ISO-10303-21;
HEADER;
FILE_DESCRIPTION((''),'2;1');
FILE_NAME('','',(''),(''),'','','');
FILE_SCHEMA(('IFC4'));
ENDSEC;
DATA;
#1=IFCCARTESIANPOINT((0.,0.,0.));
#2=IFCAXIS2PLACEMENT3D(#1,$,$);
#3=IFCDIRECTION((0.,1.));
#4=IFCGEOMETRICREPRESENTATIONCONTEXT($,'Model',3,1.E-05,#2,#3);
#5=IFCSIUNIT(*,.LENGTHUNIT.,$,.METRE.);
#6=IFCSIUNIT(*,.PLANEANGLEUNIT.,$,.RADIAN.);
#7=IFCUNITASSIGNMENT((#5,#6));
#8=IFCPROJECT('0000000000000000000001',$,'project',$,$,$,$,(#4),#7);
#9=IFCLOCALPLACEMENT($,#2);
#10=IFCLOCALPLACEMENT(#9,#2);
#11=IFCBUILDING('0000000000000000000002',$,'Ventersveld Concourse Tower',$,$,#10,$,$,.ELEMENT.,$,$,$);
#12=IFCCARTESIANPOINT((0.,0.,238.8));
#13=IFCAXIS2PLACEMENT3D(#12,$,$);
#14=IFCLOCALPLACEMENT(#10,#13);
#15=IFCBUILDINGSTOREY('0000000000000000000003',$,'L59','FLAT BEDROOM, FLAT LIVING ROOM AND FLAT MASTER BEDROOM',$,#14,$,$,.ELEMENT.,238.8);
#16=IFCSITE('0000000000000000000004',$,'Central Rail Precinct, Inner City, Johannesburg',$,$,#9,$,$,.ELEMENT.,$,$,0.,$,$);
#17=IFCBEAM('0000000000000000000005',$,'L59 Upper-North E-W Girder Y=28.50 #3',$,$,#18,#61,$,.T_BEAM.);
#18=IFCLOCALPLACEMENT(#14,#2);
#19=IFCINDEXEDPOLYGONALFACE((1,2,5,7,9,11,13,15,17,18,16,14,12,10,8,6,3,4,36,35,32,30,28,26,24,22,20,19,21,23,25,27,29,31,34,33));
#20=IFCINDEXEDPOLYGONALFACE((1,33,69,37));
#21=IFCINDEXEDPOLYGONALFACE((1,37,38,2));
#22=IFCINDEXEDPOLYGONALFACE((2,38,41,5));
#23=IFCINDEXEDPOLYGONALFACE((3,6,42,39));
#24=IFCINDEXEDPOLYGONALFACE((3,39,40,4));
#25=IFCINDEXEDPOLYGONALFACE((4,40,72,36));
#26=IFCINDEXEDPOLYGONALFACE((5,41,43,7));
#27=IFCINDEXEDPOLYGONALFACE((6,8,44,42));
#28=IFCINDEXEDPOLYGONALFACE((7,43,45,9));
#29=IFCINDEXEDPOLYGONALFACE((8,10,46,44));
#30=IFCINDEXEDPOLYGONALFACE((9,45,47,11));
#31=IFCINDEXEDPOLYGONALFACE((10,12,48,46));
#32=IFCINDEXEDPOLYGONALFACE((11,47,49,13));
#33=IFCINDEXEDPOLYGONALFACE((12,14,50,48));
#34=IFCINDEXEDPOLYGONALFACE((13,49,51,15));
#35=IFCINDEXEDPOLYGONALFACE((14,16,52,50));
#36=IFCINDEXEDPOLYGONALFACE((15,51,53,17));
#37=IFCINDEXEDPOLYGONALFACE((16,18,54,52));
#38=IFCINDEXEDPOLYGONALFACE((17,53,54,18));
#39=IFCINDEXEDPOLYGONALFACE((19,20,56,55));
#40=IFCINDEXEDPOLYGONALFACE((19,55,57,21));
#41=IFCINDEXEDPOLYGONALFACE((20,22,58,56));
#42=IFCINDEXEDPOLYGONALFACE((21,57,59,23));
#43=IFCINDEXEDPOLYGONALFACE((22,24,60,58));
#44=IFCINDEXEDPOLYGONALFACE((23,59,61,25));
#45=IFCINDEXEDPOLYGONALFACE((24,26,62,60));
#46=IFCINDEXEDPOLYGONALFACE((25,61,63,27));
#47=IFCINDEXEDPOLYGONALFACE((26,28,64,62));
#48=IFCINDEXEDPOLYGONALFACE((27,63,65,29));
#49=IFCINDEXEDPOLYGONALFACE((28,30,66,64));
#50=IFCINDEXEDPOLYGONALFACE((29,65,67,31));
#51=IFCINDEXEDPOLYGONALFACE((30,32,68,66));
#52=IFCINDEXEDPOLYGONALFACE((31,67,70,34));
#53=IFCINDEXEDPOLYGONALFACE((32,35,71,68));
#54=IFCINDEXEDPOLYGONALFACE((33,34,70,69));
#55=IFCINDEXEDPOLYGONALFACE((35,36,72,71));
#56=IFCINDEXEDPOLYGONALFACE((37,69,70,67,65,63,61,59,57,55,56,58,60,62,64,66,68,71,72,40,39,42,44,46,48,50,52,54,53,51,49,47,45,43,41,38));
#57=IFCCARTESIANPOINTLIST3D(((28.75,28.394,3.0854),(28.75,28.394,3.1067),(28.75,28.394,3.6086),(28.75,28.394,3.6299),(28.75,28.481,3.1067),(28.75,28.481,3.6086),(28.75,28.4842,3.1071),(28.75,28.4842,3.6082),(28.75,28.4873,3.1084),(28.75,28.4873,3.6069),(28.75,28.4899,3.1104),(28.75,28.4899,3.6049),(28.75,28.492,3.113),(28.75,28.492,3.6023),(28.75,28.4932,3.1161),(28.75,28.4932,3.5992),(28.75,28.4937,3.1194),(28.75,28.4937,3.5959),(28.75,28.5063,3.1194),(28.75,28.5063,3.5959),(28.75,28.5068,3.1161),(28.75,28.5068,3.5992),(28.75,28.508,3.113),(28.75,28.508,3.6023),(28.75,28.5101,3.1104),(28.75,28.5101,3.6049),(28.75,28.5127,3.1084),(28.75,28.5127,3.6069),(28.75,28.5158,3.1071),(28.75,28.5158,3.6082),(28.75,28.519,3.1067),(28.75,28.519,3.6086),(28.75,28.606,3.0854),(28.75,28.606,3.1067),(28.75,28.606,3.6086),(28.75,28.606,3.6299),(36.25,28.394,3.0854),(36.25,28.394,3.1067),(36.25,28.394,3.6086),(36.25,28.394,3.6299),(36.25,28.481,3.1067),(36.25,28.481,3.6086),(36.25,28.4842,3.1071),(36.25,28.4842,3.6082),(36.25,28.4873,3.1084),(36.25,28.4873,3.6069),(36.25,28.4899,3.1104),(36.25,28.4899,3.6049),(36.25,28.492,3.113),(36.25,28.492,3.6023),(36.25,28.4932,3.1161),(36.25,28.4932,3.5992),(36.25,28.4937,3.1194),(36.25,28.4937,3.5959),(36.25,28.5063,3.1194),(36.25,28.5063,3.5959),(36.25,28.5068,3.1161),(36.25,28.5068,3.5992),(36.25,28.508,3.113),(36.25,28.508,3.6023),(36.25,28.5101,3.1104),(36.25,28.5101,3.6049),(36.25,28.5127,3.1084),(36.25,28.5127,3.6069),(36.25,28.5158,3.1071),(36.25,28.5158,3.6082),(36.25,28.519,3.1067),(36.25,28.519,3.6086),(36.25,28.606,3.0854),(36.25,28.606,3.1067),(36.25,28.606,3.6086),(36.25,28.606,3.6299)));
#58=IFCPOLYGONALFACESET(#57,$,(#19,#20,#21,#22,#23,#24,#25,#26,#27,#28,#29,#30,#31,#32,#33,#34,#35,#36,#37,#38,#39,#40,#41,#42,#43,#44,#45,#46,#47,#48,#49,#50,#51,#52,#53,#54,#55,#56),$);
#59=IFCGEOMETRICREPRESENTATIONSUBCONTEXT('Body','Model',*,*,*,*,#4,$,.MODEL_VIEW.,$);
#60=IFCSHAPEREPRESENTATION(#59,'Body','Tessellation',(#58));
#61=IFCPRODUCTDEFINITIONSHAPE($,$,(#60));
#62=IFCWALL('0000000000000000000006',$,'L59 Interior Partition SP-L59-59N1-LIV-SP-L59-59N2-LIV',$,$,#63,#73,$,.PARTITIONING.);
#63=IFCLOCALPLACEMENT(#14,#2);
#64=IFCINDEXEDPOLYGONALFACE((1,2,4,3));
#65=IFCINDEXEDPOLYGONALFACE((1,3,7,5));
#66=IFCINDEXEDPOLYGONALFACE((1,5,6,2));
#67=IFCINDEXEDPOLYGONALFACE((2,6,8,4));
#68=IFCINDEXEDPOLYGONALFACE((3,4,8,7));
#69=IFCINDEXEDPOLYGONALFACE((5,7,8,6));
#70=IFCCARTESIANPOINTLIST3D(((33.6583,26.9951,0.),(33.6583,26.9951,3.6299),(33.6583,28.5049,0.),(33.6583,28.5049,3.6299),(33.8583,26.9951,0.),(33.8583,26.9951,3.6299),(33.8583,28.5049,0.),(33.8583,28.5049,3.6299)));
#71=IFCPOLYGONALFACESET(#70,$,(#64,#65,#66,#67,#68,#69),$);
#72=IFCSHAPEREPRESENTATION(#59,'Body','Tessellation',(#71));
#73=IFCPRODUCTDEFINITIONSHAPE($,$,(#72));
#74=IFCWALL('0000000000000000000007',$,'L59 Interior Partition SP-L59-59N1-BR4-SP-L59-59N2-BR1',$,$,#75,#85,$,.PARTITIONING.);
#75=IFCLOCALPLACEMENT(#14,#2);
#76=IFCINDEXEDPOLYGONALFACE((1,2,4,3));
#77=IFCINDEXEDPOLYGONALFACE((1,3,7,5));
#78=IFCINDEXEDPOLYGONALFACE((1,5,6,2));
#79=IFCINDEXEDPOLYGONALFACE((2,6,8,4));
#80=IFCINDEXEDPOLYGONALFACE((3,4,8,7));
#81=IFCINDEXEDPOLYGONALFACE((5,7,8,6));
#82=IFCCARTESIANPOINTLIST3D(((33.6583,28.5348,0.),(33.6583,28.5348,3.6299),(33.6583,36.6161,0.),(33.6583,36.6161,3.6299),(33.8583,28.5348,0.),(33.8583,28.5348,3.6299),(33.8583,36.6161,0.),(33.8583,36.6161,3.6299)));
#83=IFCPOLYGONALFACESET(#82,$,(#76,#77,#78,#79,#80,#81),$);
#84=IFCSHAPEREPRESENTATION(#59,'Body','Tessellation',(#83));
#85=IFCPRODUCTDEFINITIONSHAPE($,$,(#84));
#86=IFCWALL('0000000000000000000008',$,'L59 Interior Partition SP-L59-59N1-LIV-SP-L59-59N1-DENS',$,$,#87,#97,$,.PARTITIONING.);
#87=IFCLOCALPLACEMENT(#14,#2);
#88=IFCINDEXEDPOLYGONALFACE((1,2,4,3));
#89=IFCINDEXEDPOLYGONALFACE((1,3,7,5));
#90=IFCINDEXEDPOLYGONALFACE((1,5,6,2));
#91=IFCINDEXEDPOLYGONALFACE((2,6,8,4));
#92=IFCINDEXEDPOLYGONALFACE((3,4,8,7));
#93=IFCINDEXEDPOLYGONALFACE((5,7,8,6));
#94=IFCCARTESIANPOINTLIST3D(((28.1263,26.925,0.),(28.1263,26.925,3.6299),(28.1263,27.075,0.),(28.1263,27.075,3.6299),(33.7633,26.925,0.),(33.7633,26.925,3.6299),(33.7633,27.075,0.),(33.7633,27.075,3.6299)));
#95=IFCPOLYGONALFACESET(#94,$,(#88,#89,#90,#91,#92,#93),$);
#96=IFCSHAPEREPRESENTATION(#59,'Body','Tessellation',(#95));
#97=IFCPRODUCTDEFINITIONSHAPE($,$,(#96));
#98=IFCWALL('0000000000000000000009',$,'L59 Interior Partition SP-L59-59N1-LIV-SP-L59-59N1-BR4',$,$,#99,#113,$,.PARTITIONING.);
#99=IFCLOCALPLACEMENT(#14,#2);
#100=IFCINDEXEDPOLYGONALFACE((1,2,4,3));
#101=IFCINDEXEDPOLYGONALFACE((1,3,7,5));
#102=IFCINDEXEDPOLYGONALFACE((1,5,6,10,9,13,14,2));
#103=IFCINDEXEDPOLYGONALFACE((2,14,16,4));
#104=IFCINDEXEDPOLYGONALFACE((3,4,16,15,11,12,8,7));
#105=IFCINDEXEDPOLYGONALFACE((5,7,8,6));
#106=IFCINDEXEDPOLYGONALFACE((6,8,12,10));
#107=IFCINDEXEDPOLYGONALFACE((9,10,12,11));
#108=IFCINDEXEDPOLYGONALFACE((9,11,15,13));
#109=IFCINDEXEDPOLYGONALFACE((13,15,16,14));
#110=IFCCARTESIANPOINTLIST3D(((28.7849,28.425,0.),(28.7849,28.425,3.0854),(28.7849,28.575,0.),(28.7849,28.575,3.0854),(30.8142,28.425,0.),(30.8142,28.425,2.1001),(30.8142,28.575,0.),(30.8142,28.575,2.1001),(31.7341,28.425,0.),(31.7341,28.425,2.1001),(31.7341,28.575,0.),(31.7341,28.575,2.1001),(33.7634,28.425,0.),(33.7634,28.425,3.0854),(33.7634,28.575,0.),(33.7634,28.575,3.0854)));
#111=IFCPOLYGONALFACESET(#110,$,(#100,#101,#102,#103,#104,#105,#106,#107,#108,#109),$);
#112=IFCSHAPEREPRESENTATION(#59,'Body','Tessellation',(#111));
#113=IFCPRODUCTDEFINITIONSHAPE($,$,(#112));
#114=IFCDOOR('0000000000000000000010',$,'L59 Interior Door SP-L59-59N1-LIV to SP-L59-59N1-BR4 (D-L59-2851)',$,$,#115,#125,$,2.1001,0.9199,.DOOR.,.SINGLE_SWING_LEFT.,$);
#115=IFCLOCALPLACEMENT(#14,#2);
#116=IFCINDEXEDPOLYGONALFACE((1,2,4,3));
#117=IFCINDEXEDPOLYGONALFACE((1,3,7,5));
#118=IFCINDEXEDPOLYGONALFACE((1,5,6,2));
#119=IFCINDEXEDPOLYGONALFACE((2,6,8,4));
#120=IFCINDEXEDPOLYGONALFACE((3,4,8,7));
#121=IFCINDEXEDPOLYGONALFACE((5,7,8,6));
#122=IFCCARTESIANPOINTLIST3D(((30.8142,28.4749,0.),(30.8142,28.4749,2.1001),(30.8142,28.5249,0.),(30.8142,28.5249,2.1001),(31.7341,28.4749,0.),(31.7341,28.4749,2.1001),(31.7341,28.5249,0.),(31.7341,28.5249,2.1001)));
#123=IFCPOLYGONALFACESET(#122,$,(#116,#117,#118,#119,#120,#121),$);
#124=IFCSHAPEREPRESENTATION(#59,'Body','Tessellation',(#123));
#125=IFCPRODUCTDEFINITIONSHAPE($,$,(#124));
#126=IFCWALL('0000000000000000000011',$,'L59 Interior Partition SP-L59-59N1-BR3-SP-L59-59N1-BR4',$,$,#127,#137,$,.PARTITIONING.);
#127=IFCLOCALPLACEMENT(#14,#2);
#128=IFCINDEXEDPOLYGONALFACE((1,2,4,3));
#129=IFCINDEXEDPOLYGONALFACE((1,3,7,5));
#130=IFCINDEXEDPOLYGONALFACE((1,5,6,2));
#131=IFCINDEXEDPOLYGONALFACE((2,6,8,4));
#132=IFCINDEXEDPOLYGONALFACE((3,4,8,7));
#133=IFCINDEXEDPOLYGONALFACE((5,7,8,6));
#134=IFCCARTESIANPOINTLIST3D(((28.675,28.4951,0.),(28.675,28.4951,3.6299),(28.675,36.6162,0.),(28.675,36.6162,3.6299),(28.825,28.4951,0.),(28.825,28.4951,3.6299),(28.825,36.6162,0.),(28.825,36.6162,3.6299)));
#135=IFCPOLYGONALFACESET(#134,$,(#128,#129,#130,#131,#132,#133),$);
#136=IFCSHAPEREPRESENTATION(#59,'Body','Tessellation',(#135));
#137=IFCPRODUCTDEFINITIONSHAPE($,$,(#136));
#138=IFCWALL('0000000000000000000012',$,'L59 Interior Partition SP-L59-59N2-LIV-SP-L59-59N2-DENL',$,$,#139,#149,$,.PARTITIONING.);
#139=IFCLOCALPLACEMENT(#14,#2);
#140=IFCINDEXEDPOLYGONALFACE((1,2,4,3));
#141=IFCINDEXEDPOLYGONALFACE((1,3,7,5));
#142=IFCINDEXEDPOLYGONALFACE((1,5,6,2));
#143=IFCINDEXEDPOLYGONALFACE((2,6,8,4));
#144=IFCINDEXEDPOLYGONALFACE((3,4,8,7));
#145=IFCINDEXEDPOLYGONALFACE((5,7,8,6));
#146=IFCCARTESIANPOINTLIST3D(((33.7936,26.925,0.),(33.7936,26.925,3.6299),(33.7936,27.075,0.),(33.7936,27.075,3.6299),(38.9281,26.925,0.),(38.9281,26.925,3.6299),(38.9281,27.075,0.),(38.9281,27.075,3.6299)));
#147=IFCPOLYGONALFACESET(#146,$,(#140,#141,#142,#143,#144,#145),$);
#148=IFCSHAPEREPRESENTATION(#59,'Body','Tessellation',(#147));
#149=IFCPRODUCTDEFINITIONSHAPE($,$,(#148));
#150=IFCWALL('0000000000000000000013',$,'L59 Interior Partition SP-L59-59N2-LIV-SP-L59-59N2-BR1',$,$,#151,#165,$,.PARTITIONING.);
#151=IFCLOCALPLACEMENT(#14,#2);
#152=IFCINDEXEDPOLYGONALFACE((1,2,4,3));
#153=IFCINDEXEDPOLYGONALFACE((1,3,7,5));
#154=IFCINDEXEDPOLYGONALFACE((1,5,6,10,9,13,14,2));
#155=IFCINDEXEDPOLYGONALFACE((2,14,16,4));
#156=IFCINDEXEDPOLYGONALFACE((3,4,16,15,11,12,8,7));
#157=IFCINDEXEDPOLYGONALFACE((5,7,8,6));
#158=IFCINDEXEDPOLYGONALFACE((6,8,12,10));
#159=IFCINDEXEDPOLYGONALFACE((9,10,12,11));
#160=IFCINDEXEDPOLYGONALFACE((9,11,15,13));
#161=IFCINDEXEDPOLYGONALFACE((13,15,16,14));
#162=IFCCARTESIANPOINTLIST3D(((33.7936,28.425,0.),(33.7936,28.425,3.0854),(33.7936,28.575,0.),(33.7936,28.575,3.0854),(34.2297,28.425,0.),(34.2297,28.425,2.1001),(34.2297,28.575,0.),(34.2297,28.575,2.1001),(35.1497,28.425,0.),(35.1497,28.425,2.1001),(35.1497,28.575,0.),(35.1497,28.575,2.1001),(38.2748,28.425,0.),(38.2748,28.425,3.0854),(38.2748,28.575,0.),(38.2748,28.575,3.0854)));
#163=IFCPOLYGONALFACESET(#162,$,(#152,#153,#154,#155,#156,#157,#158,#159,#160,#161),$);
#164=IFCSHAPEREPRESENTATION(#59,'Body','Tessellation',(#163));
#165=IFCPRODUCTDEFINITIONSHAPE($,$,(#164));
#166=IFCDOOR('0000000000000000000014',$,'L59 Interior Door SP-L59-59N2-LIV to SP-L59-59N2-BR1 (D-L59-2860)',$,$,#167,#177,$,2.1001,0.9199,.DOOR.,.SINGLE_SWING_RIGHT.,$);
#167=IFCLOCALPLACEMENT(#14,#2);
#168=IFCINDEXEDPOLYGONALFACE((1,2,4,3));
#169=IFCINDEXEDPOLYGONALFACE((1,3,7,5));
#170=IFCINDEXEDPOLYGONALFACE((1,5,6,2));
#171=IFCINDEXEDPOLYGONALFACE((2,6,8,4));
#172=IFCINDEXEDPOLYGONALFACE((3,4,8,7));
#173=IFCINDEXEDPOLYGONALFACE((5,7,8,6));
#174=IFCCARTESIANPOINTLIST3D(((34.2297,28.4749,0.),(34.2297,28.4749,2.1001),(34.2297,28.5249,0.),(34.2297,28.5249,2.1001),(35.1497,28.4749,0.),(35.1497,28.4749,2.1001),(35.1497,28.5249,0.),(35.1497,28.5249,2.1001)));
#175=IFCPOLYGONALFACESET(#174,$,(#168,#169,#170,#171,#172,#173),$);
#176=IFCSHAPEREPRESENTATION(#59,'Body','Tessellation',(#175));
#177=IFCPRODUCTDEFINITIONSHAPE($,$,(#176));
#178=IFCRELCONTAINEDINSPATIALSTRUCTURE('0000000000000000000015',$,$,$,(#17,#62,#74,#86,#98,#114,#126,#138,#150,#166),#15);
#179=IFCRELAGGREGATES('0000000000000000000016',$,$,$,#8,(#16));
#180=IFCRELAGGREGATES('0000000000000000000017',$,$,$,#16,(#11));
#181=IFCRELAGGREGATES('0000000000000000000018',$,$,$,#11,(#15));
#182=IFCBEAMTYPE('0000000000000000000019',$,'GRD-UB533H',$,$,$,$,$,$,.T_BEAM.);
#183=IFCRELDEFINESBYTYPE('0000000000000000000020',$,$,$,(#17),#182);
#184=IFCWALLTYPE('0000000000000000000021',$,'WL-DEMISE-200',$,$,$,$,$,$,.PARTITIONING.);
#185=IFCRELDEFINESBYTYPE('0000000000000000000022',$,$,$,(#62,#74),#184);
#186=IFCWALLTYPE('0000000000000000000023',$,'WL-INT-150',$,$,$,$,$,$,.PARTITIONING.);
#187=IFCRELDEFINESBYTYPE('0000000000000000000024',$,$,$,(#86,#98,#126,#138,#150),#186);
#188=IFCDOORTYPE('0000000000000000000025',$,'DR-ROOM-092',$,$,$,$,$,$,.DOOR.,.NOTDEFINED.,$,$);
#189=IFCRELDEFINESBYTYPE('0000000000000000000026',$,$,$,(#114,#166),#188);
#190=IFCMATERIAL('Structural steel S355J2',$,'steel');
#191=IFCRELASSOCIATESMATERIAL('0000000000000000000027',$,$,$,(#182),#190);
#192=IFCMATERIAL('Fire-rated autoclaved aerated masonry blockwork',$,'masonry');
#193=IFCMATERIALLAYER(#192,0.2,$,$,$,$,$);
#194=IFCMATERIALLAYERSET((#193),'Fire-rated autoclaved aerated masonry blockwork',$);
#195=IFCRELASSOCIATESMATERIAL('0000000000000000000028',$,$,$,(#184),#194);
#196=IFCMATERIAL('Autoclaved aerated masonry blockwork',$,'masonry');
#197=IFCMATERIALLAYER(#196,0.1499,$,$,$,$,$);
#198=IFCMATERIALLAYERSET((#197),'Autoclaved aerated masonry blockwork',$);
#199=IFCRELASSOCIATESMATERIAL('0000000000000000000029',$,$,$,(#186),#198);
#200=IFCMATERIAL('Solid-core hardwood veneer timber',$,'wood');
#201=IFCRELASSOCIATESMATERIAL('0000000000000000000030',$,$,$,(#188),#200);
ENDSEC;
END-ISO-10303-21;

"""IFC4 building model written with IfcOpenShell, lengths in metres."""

from ifc_helpers import new_model, si_unit, direction, frame, frame_2d, origin, origin_2d, place, context, subcontext, project, spatial, rectangle, i_section, extrude, material, layer, layer_set, material_profile, profile_set, type_object, element, fill, save


model = new_model("IFC4")

# Units and contexts
model_context = context("Model", 3, precision=1e-05, world=origin(), true_north=direction((0.0, 1.0)))
body_context = subcontext(model_context, "Body", "Model", "MODEL_VIEW")
ifc_project = project(units=[si_unit("LENGTHUNIT", "METRE"), si_unit("PLANEANGLEUNIT", "RADIAN")], contexts=[model_context])

# Site, building, storey
site_placement = place(None, origin())
site = spatial("IfcSite", under=ifc_project, at=site_placement, Name="Central Rail Precinct, Inner City, Johannesburg", CompositionType="ELEMENT", RefElevation=0.0)
building_placement = place(site_placement, origin())
building = spatial("IfcBuilding", under=site, at=building_placement, Name="Ventersveld Concourse Tower", CompositionType="ELEMENT")
storey_placement = place(building_placement, frame((0.0, 0.0, 238.8)))
storey = spatial("IfcBuildingStorey", under=building, at=storey_placement, Name="L59", Description="FLAT BEDROOM, FLAT LIVING ROOM AND FLAT MASTER BEDROOM", CompositionType="ELEMENT", Elevation=238.8)

# Beam
ifc_material_1 = material(Name="Structural steel S355J2", Category="steel")
ifc_material_profile_1 = material_profile(ifc_material_1, i_section(OverallWidth=0.2119, OverallDepth=0.5444, WebThickness=0.0127, FlangeThickness=0.0212, FilletRadius=0.0127, at=origin_2d()), Name="UB 533x210x122")
ifc_profile_set_1 = profile_set([ifc_material_profile_1], Name="Structural steel S355J2")
beam_type_1 = type_object("IfcBeamType", Name="GRD-UB533H", PredefinedType="T_BEAM", material=ifc_profile_set_1)
for number, where, z_axis, x_axis, name in (
    (1, (28.75, 28.5, 3.3577), (1.0, 0.0, 0.0), (0.0, 1.0, 0.0), "L59 Upper-North E-W Girder Y=28.50 #3"),
):
    element("IfcBeam", number, at=place(storey_placement, frame(where, z_axis=z_axis, x_axis=x_axis)), inside=storey, type_object=beam_type_1, Name=name, PredefinedType="T_BEAM", context=body_context, shape_type="SweptSolid", body=[
        extrude(i_section(OverallWidth=0.2119, OverallDepth=0.5444, WebThickness=0.0127, FlangeThickness=0.0212, FilletRadius=0.0127, at=origin_2d()), origin(), (0.0, 0.0, 1.0), 7.5),
    ])

# Walls
ifc_material_2 = material(Name="Fire-rated autoclaved aerated masonry blockwork", Category="masonry")
ifc_layer_1 = layer(ifc_material_2, 0.2)
ifc_layer_set_1 = layer_set([ifc_layer_1], Name="Fire-rated autoclaved aerated masonry blockwork")
wall_type_1 = type_object("IfcWallType", Name="WL-DEMISE-200", PredefinedType="PARTITIONING", material=ifc_layer_set_1)
wall_1_placement = place(storey_placement, frame((33.7583, 26.9951, 0.0), z_axis=(0.0, 0.0, 1.0), x_axis=(0.0, 1.0, 0.0)))
element("IfcWall", 2, at=wall_1_placement, inside=storey, type_object=wall_type_1, Name="L59 Interior Partition SP-L59-59N1-LIV-SP-L59-59N2-LIV", PredefinedType="PARTITIONING", context=body_context, shape_type="SweptSolid", body=[
    extrude(rectangle(XDim=1.5098, YDim=0.2, at=frame_2d((0.7549, 0.0))), origin(), (0.0, 0.0, 1.0), 3.6299),
])
wall_2_placement = place(storey_placement, frame((33.7583, 28.5349, 0.0), z_axis=(0.0, 0.0, 1.0), x_axis=(0.0, 1.0, 0.0)))
element("IfcWall", 3, at=wall_2_placement, inside=storey, type_object=wall_type_1, Name="L59 Interior Partition SP-L59-59N1-BR4-SP-L59-59N2-BR1", PredefinedType="PARTITIONING", context=body_context, shape_type="SweptSolid", body=[
    extrude(rectangle(XDim=8.0813, YDim=0.2, at=frame_2d((4.0405, 0.0))), origin(), (0.0, 0.0, 1.0), 3.6299),
])
ifc_material_3 = material(Name="Autoclaved aerated masonry blockwork", Category="masonry")
ifc_layer_2 = layer(ifc_material_3, 0.1499)
ifc_layer_set_2 = layer_set([ifc_layer_2], Name="Autoclaved aerated masonry blockwork")
wall_type_2 = type_object("IfcWallType", Name="WL-INT-150", PredefinedType="PARTITIONING", material=ifc_layer_set_2)
wall_3_placement = place(storey_placement, frame((28.1265, 27.0, 0.0), z_axis=(0.0, 0.0, 1.0), x_axis=(1.0, 0.0, 0.0)))
element("IfcWall", 4, at=wall_3_placement, inside=storey, type_object=wall_type_2, Name="L59 Interior Partition SP-L59-59N1-LIV-SP-L59-59N1-DENS", PredefinedType="PARTITIONING", context=body_context, shape_type="SweptSolid", body=[
    extrude(rectangle(XDim=5.637, YDim=0.1499, at=frame_2d((2.8184, 0.0))), origin(), (0.0, 0.0, 1.0), 3.6299),
])

# Wall, opening, door
wall_4_placement = place(storey_placement, frame((28.7849, 28.5, 0.0), z_axis=(0.0, 0.0, 1.0), x_axis=(1.0, 0.0, 0.0)))
wall_4 = element("IfcWall", 5, at=wall_4_placement, inside=storey, type_object=wall_type_2, Name="L59 Interior Partition SP-L59-59N1-LIV-SP-L59-59N1-BR4", PredefinedType="PARTITIONING", context=body_context, shape_type="SweptSolid", body=[
    extrude(rectangle(XDim=4.9785, YDim=0.1499, at=frame_2d((2.4893, 0.0))), origin(), (0.0, 0.0, 1.0), 3.0854),
])
opening_1_placement = place(wall_4_placement, frame((2.0293, 0.0, 0.0)))
opening_1 = element("IfcOpeningElement", 6, at=opening_1_placement, cuts=wall_4, PredefinedType="OPENING", context=body_context, shape_type="SweptSolid", body=[
    extrude(rectangle(XDim=0.9199, YDim=2.1001, at=frame_2d((0.46, 1.05))), frame((0.0, 0.085, 0.0), z_axis=(0.0, -1.0, 0.0), x_axis=(1.0, 0.0, 0.0)), (0.0, 0.0, 1.0), 0.1699),
])
ifc_material_4 = material(Name="Solid-core hardwood veneer timber", Category="wood")
door_type = type_object("IfcDoorType", Name="DR-ROOM-092", OperationType="NOTDEFINED", PredefinedType="DOOR", material=ifc_material_4)
door_1_placement = place(opening_1_placement, origin())
door_1 = element("IfcDoor", 7, at=door_1_placement, inside=storey, type_object=door_type, Name="L59 Interior Door SP-L59-59N1-LIV to SP-L59-59N1-BR4 (D-L59-2851)", OperationType="SINGLE_SWING_LEFT", OverallHeight=2.1001, OverallWidth=0.9199, PredefinedType="DOOR", context=body_context, shape_type="SweptSolid", body=[
    extrude(rectangle(XDim=0.9199, YDim=2.1001, at=frame_2d((0.46, 1.05))), frame((0.0, 0.0249, 0.0), z_axis=(0.0, -1.0, 0.0), x_axis=(1.0, 0.0, 0.0)), (0.0, 0.0, 1.0), 0.05),
])
fill(opening_1, door_1)

# Walls
wall_5_placement = place(storey_placement, frame((28.75, 28.4951, 0.0), z_axis=(0.0, 0.0, 1.0), x_axis=(0.0, 1.0, 0.0)))
element("IfcWall", 8, at=wall_5_placement, inside=storey, type_object=wall_type_2, Name="L59 Interior Partition SP-L59-59N1-BR3-SP-L59-59N1-BR4", PredefinedType="PARTITIONING", context=body_context, shape_type="SweptSolid", body=[
    extrude(rectangle(XDim=8.1211, YDim=0.1499, at=frame_2d((4.0605, 0.0))), origin(), (0.0, 0.0, 1.0), 3.6299),
])
wall_6_placement = place(storey_placement, frame((33.7935, 27.0, 0.0), z_axis=(0.0, 0.0, 1.0), x_axis=(1.0, 0.0, 0.0)))
element("IfcWall", 9, at=wall_6_placement, inside=storey, type_object=wall_type_2, Name="L59 Interior Partition SP-L59-59N2-LIV-SP-L59-59N2-DENL", PredefinedType="PARTITIONING", context=body_context, shape_type="SweptSolid", body=[
    extrude(rectangle(XDim=5.1345, YDim=0.1499, at=frame_2d((2.5674, 0.0))), origin(), (0.0, 0.0, 1.0), 3.6299),
])

# Wall, opening, door
wall_7_placement = place(storey_placement, frame((33.7935, 28.5, 0.0), z_axis=(0.0, 0.0, 1.0), x_axis=(1.0, 0.0, 0.0)))
wall_7 = element("IfcWall", 10, at=wall_7_placement, inside=storey, type_object=wall_type_2, Name="L59 Interior Partition SP-L59-59N2-LIV-SP-L59-59N2-BR1", PredefinedType="PARTITIONING", context=body_context, shape_type="SweptSolid", body=[
    extrude(rectangle(XDim=4.4812, YDim=0.1499, at=frame_2d((2.2407, 0.0))), origin(), (0.0, 0.0, 1.0), 3.0854),
])
opening_2_placement = place(wall_7_placement, frame((0.4363, 0.0, 0.0)))
opening_2 = element("IfcOpeningElement", 11, at=opening_2_placement, cuts=wall_7, PredefinedType="OPENING", context=body_context, shape_type="SweptSolid", body=[
    extrude(rectangle(XDim=0.9199, YDim=2.1001, at=frame_2d((0.46, 1.05))), frame((0.0, 0.085, 0.0), z_axis=(0.0, -1.0, 0.0), x_axis=(1.0, 0.0, 0.0)), (0.0, 0.0, 1.0), 0.1699),
])
door_2_placement = place(opening_2_placement, origin())
door_2 = element("IfcDoor", 12, at=door_2_placement, inside=storey, type_object=door_type, Name="L59 Interior Door SP-L59-59N2-LIV to SP-L59-59N2-BR1 (D-L59-2860)", OperationType="SINGLE_SWING_RIGHT", OverallHeight=2.1001, OverallWidth=0.9199, PredefinedType="DOOR", context=body_context, shape_type="SweptSolid", body=[
    extrude(rectangle(XDim=0.9199, YDim=2.1001, at=frame_2d((0.46, 1.05))), frame((0.0, 0.0249, 0.0), z_axis=(0.0, -1.0, 0.0), x_axis=(1.0, 0.0, 0.0)), (0.0, 0.0, 1.0), 0.05),
])
fill(opening_2, door_2)

save(model, "model.ifc")
